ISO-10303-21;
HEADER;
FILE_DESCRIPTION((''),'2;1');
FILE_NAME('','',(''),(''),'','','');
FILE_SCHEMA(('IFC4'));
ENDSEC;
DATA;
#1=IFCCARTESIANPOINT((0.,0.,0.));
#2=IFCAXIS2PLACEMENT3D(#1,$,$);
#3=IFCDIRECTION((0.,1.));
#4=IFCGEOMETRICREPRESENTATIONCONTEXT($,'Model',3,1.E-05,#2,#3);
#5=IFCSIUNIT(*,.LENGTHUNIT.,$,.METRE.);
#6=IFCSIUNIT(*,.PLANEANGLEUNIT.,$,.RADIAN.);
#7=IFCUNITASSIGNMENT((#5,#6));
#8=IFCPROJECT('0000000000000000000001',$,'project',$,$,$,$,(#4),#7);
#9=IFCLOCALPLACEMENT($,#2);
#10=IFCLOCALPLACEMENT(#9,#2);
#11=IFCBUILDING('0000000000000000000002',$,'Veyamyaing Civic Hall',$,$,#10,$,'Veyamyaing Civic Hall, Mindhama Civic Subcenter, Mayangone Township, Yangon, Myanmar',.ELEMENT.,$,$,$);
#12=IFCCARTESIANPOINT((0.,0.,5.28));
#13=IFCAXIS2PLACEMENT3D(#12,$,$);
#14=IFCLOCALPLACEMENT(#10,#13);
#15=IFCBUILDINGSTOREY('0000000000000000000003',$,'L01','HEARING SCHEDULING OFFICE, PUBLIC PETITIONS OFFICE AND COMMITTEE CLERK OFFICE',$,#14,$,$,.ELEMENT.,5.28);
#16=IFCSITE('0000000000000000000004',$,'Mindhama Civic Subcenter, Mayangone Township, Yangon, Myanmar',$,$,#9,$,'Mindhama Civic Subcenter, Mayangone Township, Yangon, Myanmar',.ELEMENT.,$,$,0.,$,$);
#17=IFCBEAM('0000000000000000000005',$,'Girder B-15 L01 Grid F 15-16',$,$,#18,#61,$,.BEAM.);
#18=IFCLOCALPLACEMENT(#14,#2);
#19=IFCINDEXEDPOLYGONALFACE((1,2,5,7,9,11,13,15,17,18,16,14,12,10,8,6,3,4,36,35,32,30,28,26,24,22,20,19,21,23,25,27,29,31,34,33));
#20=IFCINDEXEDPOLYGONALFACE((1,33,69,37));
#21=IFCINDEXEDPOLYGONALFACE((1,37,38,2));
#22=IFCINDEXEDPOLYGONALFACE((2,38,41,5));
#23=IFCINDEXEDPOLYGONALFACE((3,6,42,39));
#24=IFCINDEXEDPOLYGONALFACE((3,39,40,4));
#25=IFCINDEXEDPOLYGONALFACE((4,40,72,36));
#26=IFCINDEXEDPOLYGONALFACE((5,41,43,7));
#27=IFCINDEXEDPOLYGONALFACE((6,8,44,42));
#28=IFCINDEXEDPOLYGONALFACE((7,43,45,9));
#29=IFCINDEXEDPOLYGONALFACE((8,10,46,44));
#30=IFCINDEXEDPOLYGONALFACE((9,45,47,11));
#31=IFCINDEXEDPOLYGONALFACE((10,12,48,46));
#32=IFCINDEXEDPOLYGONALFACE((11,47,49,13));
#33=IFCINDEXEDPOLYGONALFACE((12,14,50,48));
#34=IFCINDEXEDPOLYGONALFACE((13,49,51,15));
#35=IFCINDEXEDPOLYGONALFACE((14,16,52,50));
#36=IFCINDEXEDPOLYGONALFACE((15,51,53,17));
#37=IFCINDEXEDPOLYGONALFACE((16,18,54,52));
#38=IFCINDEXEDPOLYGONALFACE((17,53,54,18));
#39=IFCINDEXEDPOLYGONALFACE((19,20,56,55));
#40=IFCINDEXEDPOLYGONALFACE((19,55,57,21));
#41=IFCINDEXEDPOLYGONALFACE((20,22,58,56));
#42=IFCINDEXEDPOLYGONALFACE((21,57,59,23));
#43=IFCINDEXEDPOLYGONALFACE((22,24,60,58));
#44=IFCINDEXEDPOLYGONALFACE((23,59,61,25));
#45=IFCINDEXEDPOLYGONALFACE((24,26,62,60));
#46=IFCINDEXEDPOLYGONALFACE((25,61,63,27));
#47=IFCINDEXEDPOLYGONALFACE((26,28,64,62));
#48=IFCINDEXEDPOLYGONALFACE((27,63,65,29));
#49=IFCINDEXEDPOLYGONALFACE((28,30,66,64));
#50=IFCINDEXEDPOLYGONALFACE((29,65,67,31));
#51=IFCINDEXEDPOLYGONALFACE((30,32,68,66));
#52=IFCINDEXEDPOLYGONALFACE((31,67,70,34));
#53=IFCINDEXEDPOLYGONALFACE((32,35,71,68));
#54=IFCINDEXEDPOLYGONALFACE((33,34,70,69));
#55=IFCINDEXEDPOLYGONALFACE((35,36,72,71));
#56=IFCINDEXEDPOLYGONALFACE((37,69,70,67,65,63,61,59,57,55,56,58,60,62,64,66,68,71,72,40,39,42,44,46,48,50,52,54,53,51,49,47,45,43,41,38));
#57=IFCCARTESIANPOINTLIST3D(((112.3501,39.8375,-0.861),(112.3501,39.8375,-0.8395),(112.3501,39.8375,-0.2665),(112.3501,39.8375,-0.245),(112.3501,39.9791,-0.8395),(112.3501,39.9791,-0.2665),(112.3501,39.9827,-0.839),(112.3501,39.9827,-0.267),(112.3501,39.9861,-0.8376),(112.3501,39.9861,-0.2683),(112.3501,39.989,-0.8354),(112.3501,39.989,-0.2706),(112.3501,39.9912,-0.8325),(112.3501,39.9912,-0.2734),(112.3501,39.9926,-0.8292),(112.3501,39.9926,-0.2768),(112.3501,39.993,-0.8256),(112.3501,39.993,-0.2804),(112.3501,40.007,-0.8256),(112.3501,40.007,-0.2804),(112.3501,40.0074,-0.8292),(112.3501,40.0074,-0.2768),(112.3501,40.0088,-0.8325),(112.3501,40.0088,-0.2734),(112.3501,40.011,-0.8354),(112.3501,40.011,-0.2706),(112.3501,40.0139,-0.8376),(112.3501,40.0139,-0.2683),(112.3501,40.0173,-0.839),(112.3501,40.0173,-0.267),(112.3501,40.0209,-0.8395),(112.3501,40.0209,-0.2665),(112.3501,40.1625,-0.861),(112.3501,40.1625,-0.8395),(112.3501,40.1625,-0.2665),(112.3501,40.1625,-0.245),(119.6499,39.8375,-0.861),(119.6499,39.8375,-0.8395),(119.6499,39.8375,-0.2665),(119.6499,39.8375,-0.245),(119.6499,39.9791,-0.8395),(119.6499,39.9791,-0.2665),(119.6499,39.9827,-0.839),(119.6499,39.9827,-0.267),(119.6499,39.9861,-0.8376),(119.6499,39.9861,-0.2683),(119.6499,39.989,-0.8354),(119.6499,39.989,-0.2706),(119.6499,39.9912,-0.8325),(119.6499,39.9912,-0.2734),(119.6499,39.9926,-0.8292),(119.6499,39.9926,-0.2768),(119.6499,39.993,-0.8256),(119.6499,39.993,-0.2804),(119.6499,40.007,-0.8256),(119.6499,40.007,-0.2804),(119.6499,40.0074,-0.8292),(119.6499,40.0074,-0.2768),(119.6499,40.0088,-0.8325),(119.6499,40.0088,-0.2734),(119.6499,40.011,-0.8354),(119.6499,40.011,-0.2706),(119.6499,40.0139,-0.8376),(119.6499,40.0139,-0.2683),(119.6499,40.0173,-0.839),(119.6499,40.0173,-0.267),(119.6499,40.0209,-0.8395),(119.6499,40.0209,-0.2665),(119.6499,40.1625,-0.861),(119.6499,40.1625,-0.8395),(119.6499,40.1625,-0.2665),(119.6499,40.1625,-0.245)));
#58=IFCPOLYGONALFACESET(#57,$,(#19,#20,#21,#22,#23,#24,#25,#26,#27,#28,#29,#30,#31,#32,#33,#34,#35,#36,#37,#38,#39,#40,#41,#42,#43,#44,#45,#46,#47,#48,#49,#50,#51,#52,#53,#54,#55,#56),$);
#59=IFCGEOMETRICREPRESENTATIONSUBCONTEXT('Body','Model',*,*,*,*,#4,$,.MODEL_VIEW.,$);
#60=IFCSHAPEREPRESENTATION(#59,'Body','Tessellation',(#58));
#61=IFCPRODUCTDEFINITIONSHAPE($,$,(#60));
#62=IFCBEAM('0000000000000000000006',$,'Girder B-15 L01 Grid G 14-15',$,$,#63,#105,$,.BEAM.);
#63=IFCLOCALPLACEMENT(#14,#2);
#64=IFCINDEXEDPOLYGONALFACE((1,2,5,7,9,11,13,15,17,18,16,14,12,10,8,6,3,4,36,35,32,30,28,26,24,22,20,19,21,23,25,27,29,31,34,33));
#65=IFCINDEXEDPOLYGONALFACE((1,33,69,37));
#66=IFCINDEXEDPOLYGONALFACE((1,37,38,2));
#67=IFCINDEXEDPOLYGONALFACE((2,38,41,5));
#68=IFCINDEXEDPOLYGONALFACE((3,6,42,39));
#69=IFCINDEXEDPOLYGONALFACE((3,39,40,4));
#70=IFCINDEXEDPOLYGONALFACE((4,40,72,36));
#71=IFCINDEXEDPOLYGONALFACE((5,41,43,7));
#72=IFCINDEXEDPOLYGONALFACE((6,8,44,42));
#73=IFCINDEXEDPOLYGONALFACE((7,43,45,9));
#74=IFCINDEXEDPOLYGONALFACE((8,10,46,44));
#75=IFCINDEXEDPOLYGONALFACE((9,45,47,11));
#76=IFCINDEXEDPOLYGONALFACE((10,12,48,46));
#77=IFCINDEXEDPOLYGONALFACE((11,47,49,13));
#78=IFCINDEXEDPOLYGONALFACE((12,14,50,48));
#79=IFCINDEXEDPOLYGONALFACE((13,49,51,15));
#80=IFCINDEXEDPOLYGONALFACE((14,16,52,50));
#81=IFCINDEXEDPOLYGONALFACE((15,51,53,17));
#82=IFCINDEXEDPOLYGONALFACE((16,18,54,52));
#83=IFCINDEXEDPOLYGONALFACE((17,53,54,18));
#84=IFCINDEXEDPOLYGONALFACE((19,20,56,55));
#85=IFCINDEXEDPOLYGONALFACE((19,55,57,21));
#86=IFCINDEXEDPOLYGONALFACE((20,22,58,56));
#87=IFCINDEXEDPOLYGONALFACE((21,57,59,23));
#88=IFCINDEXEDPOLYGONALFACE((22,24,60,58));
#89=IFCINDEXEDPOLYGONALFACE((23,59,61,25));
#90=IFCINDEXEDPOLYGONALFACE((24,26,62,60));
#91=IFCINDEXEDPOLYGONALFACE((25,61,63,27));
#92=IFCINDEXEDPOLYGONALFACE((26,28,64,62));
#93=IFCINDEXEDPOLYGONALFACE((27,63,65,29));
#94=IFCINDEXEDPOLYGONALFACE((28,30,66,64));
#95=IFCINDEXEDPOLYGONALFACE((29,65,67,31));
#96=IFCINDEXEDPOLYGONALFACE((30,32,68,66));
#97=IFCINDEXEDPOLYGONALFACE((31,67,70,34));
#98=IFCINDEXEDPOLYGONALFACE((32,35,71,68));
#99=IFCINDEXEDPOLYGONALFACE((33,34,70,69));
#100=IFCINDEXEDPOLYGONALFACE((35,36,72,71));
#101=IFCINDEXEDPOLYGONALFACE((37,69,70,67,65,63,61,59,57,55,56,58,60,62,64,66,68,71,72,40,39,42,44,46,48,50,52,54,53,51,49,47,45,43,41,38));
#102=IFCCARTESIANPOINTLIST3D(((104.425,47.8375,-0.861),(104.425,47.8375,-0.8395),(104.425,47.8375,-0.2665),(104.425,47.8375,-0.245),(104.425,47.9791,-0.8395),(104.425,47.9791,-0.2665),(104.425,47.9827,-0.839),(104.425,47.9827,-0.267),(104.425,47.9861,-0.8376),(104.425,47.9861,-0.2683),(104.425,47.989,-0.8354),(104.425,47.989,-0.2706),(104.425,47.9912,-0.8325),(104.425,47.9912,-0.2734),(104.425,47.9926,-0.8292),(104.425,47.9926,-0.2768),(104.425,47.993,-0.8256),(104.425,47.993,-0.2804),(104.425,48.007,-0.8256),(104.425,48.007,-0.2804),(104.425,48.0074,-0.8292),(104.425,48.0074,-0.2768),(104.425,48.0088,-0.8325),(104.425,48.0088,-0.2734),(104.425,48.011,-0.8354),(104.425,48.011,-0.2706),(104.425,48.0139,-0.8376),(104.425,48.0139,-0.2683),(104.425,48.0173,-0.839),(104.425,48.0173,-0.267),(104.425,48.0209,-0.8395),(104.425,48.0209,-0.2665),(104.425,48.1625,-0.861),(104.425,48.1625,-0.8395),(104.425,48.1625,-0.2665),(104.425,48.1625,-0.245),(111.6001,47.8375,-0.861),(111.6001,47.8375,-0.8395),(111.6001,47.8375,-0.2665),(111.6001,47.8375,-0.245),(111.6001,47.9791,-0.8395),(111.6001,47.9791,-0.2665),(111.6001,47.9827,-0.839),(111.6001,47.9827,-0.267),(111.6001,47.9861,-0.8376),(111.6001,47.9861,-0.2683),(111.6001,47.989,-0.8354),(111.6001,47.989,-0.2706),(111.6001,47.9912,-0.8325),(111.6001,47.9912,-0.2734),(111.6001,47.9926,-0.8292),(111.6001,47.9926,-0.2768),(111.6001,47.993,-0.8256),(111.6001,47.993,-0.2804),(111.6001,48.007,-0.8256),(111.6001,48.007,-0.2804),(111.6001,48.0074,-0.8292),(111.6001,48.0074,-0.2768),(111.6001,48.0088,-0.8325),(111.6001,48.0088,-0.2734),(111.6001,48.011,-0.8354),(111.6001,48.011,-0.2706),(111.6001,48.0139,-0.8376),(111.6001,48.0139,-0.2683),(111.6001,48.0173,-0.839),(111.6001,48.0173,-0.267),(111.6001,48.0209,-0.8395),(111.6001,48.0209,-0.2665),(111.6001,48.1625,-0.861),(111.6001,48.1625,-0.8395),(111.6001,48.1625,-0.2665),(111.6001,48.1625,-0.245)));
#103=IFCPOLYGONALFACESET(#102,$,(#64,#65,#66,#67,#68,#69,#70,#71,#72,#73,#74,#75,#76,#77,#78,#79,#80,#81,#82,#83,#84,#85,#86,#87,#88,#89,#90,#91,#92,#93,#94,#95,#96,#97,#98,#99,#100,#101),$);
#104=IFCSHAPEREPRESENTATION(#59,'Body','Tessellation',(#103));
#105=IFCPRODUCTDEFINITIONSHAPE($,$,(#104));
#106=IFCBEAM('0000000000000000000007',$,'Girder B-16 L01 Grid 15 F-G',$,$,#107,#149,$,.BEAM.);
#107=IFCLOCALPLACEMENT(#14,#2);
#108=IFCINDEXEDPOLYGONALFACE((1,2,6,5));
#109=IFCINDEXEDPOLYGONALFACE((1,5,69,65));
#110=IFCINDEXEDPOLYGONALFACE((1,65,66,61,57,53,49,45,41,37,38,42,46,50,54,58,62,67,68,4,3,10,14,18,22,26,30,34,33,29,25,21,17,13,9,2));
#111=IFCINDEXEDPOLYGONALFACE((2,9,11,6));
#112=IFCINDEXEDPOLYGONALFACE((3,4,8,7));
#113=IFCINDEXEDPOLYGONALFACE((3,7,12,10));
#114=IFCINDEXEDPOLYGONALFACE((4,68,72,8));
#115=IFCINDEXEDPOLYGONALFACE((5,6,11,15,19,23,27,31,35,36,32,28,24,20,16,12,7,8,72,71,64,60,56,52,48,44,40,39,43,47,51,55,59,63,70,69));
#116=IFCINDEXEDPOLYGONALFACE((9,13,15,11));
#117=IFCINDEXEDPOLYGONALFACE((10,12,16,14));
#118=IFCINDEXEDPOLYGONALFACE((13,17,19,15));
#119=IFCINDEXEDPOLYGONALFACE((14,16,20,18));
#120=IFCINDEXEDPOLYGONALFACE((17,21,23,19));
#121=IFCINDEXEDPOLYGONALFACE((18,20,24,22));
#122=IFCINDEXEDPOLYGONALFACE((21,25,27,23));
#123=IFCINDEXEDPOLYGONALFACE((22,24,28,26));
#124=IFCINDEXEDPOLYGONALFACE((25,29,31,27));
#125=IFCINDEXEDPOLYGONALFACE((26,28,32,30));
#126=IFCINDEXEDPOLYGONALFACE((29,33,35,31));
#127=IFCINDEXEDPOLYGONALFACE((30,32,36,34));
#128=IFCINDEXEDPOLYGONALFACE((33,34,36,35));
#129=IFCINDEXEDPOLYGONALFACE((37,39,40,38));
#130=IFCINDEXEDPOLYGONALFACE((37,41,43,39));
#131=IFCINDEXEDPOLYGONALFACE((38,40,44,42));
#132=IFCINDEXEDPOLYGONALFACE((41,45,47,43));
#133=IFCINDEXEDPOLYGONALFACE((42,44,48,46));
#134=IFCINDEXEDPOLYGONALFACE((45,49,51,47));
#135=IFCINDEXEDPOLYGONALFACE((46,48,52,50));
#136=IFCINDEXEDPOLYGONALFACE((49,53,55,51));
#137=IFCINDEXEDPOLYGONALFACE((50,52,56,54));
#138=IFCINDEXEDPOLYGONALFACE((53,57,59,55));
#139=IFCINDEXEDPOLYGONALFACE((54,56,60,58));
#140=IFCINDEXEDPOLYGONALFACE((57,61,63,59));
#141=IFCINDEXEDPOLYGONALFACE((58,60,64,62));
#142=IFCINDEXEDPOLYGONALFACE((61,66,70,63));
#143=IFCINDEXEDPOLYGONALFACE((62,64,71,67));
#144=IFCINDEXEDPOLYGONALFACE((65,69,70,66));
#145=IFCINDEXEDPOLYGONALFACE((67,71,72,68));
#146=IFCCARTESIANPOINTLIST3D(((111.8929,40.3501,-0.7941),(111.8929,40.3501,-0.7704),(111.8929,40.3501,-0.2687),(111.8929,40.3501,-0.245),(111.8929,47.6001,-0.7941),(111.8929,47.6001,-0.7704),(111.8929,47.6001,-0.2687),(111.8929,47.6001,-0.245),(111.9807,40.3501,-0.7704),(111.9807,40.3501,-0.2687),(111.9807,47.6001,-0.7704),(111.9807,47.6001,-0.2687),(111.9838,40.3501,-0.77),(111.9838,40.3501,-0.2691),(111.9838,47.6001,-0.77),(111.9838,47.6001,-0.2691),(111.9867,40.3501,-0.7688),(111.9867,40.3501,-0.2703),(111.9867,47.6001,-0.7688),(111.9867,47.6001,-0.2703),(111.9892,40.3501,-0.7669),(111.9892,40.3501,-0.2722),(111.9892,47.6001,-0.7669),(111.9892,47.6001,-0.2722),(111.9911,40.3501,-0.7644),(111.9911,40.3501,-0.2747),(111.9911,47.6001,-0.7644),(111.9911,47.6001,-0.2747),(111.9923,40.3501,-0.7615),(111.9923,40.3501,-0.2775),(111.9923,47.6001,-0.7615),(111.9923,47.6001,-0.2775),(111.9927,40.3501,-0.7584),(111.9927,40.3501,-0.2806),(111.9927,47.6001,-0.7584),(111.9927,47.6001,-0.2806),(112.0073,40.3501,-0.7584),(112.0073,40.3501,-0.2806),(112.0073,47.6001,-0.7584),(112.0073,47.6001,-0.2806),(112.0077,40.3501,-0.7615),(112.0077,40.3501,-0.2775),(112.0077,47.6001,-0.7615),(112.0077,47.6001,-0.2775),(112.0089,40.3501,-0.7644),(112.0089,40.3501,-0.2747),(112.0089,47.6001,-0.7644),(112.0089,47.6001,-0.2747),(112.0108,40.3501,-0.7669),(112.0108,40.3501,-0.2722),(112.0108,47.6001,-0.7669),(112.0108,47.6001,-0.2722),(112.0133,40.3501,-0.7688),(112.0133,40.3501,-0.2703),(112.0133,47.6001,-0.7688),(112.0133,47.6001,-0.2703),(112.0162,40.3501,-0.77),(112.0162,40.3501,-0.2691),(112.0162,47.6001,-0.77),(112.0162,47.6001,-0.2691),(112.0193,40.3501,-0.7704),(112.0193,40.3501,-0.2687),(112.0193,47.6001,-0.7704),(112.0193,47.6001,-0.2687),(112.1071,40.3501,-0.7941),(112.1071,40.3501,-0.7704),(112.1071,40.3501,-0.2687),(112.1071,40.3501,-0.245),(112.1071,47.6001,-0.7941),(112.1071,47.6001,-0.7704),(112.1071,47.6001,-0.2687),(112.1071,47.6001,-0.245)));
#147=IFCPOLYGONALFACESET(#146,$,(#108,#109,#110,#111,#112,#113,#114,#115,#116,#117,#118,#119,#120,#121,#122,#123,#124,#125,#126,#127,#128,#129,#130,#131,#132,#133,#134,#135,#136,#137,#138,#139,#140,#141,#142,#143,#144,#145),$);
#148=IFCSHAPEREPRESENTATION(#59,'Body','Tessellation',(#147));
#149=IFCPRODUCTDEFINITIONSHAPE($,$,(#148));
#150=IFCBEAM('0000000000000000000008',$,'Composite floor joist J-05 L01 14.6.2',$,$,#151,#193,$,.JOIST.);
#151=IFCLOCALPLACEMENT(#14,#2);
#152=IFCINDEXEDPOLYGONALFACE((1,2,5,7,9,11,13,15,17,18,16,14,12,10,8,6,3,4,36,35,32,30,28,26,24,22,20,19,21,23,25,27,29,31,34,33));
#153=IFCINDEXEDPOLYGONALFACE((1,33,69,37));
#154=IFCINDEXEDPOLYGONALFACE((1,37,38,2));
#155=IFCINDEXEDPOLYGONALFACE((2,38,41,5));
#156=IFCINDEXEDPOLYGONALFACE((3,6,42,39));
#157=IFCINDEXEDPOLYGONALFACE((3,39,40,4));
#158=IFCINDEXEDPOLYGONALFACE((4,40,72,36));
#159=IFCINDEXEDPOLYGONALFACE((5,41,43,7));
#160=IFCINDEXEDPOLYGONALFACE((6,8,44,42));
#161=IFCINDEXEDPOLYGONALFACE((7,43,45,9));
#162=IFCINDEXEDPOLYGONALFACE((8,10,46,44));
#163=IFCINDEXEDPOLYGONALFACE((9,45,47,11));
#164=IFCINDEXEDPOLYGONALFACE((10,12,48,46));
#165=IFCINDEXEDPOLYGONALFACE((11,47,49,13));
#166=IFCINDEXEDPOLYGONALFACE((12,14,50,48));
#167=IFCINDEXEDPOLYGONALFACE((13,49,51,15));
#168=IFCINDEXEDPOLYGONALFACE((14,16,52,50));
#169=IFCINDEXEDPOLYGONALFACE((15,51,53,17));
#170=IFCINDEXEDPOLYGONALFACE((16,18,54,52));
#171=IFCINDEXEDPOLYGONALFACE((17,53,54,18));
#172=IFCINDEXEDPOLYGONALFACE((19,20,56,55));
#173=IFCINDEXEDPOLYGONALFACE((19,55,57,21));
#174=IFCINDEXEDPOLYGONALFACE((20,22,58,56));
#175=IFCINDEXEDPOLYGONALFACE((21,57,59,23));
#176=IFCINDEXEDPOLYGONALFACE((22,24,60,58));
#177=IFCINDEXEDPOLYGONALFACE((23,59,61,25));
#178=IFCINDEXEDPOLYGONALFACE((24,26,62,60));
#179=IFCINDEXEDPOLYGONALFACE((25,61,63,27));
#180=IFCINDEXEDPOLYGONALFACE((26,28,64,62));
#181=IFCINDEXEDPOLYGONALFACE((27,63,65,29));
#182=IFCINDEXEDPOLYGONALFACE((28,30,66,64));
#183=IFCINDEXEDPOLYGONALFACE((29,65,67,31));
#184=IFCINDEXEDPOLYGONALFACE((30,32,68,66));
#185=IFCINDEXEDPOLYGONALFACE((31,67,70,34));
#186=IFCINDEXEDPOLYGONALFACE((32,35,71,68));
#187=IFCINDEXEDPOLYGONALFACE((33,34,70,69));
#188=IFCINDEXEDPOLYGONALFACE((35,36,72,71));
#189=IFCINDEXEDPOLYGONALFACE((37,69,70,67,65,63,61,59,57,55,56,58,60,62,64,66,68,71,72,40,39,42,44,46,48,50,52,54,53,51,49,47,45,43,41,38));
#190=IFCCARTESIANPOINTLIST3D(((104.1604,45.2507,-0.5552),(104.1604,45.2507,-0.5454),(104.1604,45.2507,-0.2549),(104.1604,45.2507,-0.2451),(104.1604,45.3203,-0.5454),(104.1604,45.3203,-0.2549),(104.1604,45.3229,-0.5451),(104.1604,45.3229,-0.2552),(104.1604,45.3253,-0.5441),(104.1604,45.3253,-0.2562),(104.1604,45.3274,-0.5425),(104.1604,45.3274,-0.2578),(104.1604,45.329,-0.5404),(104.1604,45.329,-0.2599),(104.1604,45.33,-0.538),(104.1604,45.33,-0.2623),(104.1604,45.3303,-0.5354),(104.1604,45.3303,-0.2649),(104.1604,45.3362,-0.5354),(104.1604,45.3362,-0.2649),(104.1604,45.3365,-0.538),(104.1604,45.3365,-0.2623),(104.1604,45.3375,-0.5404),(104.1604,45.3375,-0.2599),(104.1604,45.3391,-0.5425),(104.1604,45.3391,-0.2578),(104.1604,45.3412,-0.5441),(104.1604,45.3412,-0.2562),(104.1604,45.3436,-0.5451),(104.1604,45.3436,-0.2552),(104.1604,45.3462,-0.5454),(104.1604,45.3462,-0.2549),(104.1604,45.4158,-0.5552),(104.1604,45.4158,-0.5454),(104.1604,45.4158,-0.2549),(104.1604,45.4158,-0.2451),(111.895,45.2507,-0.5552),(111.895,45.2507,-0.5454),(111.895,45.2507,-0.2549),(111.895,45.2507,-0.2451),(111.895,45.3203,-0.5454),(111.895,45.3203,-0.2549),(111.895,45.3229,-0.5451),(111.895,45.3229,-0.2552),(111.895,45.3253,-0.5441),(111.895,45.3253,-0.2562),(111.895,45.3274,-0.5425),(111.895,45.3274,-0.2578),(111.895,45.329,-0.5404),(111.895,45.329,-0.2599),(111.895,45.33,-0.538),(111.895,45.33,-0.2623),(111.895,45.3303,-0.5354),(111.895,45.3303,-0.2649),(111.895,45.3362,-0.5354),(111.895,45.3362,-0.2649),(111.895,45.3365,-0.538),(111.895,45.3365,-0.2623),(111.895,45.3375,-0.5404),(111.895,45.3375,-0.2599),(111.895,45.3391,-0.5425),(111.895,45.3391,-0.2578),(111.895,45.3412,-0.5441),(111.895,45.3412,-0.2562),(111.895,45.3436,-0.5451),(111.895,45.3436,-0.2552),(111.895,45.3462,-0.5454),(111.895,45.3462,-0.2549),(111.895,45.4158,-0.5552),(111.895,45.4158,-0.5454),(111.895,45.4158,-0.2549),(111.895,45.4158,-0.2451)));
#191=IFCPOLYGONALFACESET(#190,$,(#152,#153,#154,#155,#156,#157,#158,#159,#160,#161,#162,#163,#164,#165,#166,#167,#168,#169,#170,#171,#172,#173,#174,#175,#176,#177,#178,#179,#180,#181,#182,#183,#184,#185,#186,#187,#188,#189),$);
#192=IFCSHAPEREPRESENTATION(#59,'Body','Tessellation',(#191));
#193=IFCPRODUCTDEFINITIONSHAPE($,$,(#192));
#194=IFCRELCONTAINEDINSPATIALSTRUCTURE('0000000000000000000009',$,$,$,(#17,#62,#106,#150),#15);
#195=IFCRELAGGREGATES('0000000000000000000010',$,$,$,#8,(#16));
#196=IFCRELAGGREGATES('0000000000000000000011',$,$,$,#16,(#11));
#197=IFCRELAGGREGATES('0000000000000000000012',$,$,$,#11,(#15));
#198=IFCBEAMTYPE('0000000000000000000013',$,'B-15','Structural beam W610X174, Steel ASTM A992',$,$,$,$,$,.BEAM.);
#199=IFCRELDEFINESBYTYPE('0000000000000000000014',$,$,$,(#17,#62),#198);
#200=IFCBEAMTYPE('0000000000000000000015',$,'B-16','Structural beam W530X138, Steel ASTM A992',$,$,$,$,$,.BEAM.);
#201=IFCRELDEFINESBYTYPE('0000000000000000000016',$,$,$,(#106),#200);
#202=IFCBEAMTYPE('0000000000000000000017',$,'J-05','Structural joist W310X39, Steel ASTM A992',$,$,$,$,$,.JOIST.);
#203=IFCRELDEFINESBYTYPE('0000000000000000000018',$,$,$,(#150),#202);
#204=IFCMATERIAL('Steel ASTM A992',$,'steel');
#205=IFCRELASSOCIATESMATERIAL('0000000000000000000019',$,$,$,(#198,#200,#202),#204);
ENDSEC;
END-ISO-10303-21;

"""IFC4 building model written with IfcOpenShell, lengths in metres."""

from ifc_helpers import new_model, si_unit, direction, frame, origin, origin_2d, place, context, subcontext, project, spatial, i_section, extrude, material, material_profile, profile_set, type_object, element, save


model = new_model("IFC4")

# Units and contexts
model_context = context("Model", 3, precision=1e-05, world=origin(), true_north=direction((0.0, 1.0)))
body_context = subcontext(model_context, "Body", "Model", "MODEL_VIEW")
ifc_project = project(units=[si_unit("LENGTHUNIT", "METRE"), si_unit("PLANEANGLEUNIT", "RADIAN")], contexts=[model_context])

# Site, building, storey
site_placement = place(None, origin())
site = spatial("IfcSite", under=ifc_project, at=site_placement, Name="Mindhama Civic Subcenter, Mayangone Township, Yangon, Myanmar", LongName="Mindhama Civic Subcenter, Mayangone Township, Yangon, Myanmar", CompositionType="ELEMENT", RefElevation=0.0)
building_placement = place(site_placement, origin())
building = spatial("IfcBuilding", under=site, at=building_placement, Name="Veyamyaing Civic Hall", LongName="Veyamyaing Civic Hall, Mindhama Civic Subcenter, Mayangone Township, Yangon, Myanmar", CompositionType="ELEMENT")
storey_placement = place(building_placement, frame((0.0, 0.0, 5.28)))
storey = spatial("IfcBuildingStorey", under=building, at=storey_placement, Name="L01", Description="HEARING SCHEDULING OFFICE, PUBLIC PETITIONS OFFICE AND COMMITTEE CLERK OFFICE", CompositionType="ELEMENT", Elevation=5.28)

# Beams
ifc_material_1 = material(Name="Steel ASTM A992", Category="steel")
ifc_material_profile_1 = material_profile(ifc_material_1, i_section(OverallWidth=0.325, OverallDepth=0.616, WebThickness=0.0139, FlangeThickness=0.0215, FilletRadius=0.0139, at=origin_2d()), Name="W610X174")
ifc_profile_set_1 = profile_set([ifc_material_profile_1], Name="Steel ASTM A992")
beam_type_1 = type_object("IfcBeamType", Name="B-15", Description="Structural beam W610X174, Steel ASTM A992", PredefinedType="BEAM", material=ifc_profile_set_1)
beam_1_placement = place(storey_placement, frame((112.3501, 40.0, -0.553), z_axis=(1.0, 0.0, 0.0), x_axis=(0.0, 1.0, 0.0)))
element("IfcBeam", 1, at=beam_1_placement, inside=storey, type_object=beam_type_1, Name="Girder B-15 L01 Grid F 15-16", PredefinedType="BEAM", context=body_context, shape_type="SweptSolid", body=[
    extrude(i_section(OverallWidth=0.325, OverallDepth=0.616, WebThickness=0.0139, FlangeThickness=0.0215, FilletRadius=0.0139, at=origin_2d()), origin(), (0.0, 0.0, 1.0), 7.2998),
])
beam_2_placement = place(storey_placement, frame((104.425, 48.0, -0.553), z_axis=(1.0, 0.0, 0.0), x_axis=(0.0, 1.0, 0.0)))
element("IfcBeam", 2, at=beam_2_placement, inside=storey, type_object=beam_type_1, Name="Girder B-15 L01 Grid G 14-15", PredefinedType="BEAM", context=body_context, shape_type="SweptSolid", body=[
    extrude(i_section(OverallWidth=0.325, OverallDepth=0.616, WebThickness=0.0139, FlangeThickness=0.0215, FilletRadius=0.0139, at=origin_2d()), origin(), (0.0, 0.0, 1.0), 7.175),
])
ifc_material_profile_2 = material_profile(ifc_material_1, i_section(OverallWidth=0.2141, OverallDepth=0.5491, WebThickness=0.0146, FlangeThickness=0.0237, FilletRadius=0.012, at=origin_2d()), Name="W530X138")
ifc_profile_set_2 = profile_set([ifc_material_profile_2], Name="Steel ASTM A992")
beam_type_2 = type_object("IfcBeamType", Name="B-16", Description="Structural beam W530X138, Steel ASTM A992", PredefinedType="BEAM", material=ifc_profile_set_2)
beam_3_placement = place(storey_placement, frame((112.0, 40.3501, -0.5195), z_axis=(0.0, 1.0, 0.0), x_axis=(-1.0, 0.0, 0.0)))
element("IfcBeam", 3, at=beam_3_placement, inside=storey, type_object=beam_type_2, Name="Girder B-16 L01 Grid 15 F-G", PredefinedType="BEAM", context=body_context, shape_type="SweptSolid", body=[
    extrude(i_section(OverallWidth=0.2141, OverallDepth=0.5491, WebThickness=0.0146, FlangeThickness=0.0237, FilletRadius=0.012, at=origin_2d()), origin(), (0.0, 0.0, 1.0), 7.25),
])
ifc_material_profile_3 = material_profile(ifc_material_1, i_section(OverallWidth=0.165, OverallDepth=0.3101, WebThickness=0.0059, FlangeThickness=0.0098, FilletRadius=0.01, at=origin_2d()), Name="W310X39")
ifc_profile_set_3 = profile_set([ifc_material_profile_3], Name="Steel ASTM A992")
beam_type_3 = type_object("IfcBeamType", Name="J-05", Description="Structural joist W310X39, Steel ASTM A992", PredefinedType="JOIST", material=ifc_profile_set_3)
beam_4_placement = place(storey_placement, frame((104.1604, 45.3333, -0.4001), z_axis=(1.0, 0.0, 0.0), x_axis=(0.0, 1.0, 0.0)))
element("IfcBeam", 4, at=beam_4_placement, inside=storey, type_object=beam_type_3, Name="Composite floor joist J-05 L01 14.6.2", PredefinedType="JOIST", context=body_context, shape_type="SweptSolid", body=[
    extrude(i_section(OverallWidth=0.165, OverallDepth=0.3101, WebThickness=0.0059, FlangeThickness=0.0098, FilletRadius=0.01, at=origin_2d()), origin(), (0.0, 0.0, 1.0), 7.7346),
])

save(model, "model.ifc")
